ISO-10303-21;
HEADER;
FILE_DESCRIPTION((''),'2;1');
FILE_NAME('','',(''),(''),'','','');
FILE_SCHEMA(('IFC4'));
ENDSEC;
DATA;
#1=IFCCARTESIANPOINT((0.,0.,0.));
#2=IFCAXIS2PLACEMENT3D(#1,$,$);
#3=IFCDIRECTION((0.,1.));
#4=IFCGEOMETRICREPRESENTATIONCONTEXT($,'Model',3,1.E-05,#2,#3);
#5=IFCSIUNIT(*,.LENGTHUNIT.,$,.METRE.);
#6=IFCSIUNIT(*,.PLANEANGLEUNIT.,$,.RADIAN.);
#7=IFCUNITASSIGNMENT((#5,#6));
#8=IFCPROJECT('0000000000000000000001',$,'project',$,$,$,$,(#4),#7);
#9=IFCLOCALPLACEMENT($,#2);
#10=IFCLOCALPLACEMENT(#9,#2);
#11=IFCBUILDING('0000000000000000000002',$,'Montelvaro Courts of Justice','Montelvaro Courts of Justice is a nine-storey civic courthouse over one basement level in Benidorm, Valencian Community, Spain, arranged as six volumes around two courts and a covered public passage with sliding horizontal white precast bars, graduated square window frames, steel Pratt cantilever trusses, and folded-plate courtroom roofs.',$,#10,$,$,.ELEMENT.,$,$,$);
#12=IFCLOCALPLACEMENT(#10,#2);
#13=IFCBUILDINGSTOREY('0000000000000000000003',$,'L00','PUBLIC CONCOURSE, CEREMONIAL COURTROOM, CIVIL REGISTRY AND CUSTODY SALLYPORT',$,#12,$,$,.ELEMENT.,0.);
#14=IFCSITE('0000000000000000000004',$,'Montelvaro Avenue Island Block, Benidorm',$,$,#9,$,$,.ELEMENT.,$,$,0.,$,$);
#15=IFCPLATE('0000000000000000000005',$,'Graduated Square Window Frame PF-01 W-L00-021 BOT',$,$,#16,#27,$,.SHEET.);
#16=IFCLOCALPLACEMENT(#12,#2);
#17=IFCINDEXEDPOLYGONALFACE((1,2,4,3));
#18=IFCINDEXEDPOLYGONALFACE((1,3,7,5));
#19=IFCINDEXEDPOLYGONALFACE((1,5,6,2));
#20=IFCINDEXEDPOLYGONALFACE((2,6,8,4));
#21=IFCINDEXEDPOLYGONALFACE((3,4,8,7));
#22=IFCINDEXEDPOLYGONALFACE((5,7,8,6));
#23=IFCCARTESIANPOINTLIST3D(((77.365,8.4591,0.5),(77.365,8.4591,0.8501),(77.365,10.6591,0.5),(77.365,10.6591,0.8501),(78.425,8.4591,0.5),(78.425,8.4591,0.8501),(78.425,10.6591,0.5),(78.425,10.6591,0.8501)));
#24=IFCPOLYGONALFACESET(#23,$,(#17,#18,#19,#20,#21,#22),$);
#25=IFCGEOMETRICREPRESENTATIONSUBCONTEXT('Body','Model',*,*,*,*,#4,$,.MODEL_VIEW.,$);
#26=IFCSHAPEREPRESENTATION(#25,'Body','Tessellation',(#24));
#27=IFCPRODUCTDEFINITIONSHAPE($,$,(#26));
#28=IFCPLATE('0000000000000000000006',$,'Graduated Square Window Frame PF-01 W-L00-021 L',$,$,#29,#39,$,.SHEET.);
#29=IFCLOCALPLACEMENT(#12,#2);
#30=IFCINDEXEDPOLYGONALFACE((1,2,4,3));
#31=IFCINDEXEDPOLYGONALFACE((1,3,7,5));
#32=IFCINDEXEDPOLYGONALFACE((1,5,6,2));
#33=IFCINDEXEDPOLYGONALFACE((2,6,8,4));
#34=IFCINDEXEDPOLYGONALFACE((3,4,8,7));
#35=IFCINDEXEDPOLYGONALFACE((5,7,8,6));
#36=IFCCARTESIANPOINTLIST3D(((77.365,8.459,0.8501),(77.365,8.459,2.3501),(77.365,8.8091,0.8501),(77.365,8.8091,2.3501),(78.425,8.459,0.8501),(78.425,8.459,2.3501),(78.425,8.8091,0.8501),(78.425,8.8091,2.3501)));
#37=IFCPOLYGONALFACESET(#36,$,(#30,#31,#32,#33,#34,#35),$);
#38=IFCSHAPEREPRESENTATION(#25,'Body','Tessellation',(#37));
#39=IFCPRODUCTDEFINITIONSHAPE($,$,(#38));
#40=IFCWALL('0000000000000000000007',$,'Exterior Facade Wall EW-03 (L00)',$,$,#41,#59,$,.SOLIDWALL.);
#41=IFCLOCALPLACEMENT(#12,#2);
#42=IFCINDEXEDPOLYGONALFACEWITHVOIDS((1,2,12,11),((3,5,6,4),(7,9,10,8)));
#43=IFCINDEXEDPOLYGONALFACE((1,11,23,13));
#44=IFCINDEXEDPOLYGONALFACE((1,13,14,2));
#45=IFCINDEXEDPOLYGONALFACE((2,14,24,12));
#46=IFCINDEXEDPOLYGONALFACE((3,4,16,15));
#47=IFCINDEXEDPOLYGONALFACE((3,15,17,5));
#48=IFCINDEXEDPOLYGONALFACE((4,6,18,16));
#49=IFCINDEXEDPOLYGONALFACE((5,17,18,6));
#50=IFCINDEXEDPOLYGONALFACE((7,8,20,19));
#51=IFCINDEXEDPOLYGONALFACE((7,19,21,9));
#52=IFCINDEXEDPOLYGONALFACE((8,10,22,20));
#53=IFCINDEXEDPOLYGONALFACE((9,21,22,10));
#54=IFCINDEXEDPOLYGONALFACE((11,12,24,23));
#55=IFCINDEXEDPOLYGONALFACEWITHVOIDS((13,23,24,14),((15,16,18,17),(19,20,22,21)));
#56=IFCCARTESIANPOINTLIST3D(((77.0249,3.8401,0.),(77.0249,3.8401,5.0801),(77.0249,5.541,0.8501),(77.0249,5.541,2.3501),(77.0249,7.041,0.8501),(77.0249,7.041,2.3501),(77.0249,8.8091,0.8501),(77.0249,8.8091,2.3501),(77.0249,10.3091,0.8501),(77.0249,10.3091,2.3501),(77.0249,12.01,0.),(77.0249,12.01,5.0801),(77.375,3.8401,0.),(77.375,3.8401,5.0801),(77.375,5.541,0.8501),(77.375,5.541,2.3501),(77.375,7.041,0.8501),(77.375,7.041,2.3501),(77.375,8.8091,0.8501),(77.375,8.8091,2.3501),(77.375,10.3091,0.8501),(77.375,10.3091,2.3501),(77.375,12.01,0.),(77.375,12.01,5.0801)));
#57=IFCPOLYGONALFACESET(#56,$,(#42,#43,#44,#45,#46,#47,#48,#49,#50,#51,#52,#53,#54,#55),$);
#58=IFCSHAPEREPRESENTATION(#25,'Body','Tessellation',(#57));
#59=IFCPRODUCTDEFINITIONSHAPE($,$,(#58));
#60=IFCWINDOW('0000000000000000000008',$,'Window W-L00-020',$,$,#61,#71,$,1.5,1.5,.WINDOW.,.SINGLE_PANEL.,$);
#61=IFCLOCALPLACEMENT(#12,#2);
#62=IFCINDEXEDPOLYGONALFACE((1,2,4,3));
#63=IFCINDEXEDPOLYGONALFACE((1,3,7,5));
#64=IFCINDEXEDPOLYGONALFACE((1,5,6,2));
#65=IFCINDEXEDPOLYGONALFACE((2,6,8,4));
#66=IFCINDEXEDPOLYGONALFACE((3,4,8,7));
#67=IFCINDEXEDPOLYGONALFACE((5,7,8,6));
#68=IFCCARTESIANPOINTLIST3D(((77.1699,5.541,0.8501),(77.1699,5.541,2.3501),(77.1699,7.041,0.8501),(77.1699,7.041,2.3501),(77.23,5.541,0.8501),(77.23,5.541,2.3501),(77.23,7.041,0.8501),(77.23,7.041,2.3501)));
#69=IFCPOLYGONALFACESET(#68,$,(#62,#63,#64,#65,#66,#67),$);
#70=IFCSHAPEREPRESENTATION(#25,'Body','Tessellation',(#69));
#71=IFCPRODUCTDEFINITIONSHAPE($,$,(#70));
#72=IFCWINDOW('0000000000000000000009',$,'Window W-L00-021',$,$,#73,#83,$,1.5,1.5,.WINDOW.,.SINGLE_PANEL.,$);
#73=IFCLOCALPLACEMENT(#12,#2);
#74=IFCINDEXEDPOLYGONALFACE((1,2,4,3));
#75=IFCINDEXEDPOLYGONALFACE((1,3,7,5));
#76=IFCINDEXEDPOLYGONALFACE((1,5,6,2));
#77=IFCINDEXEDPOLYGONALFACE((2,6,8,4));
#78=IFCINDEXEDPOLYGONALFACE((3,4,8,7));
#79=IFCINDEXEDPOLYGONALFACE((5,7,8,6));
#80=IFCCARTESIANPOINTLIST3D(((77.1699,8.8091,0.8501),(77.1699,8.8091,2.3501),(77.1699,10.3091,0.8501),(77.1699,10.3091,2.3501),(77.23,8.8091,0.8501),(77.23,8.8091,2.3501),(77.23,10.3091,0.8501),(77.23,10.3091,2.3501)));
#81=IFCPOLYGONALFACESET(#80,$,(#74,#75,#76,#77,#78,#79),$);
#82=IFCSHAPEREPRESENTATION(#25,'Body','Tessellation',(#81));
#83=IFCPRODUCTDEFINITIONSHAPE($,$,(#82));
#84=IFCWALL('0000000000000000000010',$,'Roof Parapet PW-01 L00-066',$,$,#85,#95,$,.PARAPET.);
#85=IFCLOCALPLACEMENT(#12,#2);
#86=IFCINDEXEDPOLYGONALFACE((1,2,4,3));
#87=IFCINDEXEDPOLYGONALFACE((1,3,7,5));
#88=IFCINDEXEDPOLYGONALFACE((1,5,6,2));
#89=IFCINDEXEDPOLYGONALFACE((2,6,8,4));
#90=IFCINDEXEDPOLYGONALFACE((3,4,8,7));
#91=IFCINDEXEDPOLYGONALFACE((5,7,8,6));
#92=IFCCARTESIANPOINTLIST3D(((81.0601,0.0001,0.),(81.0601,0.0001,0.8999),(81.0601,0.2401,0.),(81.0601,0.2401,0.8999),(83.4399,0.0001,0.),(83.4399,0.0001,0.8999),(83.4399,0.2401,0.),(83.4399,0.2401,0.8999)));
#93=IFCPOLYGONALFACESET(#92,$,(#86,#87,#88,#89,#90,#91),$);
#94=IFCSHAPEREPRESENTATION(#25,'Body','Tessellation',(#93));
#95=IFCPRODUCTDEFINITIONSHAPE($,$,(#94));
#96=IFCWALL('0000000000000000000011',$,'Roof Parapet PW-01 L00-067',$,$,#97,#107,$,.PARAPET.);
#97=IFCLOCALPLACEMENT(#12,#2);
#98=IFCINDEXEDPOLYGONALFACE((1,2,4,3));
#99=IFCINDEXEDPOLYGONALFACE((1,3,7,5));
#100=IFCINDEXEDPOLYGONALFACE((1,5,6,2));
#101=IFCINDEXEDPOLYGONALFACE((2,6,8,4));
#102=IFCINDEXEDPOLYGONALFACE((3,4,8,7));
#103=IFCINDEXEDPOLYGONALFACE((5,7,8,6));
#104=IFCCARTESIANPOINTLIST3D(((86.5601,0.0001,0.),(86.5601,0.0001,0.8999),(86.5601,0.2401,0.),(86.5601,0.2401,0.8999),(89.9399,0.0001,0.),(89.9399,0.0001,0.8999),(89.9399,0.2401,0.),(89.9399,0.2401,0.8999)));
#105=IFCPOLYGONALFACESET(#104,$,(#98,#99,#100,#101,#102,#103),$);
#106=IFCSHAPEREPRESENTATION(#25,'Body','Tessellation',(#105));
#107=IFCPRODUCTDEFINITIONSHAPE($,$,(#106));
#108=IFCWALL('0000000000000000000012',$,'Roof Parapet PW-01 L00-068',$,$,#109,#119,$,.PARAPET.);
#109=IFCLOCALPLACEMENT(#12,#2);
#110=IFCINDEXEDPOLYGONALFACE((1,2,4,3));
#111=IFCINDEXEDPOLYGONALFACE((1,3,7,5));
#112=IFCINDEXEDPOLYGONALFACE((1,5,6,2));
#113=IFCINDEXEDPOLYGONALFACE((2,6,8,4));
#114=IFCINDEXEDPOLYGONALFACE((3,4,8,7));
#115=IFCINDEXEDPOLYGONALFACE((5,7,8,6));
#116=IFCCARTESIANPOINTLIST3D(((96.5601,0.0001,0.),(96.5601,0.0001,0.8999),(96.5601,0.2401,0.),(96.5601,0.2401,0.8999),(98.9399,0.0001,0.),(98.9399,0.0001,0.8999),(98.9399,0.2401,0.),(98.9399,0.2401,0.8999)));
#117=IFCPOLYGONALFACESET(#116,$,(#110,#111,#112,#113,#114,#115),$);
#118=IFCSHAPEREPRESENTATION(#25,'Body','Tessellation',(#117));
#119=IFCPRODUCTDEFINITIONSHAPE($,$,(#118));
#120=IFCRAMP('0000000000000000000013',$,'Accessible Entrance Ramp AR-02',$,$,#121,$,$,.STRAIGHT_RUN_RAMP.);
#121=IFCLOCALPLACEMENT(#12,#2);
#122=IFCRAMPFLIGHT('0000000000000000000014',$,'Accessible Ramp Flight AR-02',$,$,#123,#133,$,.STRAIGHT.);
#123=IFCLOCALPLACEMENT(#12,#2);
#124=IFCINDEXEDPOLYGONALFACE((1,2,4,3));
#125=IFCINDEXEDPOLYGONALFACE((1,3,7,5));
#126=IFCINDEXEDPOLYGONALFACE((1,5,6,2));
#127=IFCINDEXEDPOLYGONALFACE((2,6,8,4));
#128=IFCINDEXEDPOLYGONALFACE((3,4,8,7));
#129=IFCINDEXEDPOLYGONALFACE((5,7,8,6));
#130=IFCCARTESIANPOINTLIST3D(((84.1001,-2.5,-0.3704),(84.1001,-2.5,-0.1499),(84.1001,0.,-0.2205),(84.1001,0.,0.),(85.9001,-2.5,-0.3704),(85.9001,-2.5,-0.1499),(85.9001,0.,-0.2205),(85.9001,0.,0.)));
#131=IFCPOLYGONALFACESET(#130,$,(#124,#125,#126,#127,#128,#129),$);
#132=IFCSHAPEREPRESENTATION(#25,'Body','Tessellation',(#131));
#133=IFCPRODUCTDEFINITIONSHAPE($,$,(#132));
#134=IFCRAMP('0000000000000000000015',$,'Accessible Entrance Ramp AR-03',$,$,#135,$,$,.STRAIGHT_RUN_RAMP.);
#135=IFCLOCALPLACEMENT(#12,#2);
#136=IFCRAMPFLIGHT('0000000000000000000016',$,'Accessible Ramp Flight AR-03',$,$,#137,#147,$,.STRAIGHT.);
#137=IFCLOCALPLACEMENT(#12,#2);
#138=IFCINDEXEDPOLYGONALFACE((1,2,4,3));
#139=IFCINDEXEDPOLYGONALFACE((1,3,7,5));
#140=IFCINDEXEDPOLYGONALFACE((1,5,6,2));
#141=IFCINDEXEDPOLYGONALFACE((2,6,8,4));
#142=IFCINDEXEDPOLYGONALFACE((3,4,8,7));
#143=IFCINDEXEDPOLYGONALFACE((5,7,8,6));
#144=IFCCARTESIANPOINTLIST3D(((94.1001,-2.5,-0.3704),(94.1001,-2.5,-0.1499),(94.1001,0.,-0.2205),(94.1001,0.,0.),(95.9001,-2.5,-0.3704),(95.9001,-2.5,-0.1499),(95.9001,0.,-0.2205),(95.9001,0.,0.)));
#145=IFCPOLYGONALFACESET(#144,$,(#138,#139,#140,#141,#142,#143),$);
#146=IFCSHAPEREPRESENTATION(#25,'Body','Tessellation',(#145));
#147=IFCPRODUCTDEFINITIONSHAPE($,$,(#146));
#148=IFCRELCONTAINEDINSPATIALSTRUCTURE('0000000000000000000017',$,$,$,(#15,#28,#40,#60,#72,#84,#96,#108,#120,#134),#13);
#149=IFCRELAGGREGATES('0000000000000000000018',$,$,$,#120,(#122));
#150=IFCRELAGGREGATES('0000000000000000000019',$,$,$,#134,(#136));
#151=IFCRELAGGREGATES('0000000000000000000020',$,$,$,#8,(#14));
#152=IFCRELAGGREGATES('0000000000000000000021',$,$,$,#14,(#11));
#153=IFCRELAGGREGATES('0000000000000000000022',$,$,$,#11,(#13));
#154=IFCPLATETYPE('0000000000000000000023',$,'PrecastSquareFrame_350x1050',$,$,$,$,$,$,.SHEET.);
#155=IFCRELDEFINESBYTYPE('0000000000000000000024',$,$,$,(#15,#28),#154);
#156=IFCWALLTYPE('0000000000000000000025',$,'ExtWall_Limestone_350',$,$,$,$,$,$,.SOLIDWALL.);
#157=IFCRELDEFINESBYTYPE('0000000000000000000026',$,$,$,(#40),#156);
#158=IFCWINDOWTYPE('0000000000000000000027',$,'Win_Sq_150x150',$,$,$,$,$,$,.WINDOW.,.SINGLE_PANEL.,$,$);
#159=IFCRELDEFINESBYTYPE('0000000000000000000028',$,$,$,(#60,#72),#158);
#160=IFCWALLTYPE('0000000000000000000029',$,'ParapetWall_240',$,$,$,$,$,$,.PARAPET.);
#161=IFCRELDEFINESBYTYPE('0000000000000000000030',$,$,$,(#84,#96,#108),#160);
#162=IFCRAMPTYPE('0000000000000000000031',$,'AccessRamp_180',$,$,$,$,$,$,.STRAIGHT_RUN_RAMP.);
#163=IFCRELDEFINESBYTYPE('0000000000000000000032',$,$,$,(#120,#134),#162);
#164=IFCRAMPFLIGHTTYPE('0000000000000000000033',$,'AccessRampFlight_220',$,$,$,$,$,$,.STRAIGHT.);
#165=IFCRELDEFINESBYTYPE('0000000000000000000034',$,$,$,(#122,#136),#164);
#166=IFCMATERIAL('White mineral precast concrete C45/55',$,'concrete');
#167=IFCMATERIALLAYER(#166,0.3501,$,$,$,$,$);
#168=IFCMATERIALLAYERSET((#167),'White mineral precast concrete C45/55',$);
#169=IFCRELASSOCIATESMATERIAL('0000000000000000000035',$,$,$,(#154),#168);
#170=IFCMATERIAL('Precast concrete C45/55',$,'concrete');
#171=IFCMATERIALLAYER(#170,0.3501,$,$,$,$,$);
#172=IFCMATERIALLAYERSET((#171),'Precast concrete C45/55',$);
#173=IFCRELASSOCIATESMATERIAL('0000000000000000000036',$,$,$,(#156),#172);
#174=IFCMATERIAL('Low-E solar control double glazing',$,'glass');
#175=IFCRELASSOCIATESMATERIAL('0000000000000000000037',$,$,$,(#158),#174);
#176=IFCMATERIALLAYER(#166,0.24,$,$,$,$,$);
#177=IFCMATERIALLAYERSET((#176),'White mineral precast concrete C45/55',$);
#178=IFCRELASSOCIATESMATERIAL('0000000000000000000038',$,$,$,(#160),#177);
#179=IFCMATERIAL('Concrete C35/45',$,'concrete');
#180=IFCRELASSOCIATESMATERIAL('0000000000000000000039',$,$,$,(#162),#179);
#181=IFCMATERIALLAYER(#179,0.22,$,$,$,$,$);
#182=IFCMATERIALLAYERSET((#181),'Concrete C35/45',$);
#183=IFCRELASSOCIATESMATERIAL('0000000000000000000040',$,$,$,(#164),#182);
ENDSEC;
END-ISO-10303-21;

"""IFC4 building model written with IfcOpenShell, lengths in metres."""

from ifc_helpers import new_model, si_unit, direction, frame, frame_2d, origin, origin_2d, place, context, subcontext, project, spatial, polyline, rectangle, outline, extrude, material, layer, layer_set, type_object, element, fill, aggregate, save


model = new_model("IFC4")

# Units and contexts
model_context = context("Model", 3, precision=1e-05, world=origin(), true_north=direction((0.0, 1.0)))
body_context = subcontext(model_context, "Body", "Model", "MODEL_VIEW")
ifc_project = project(units=[si_unit("LENGTHUNIT", "METRE"), si_unit("PLANEANGLEUNIT", "RADIAN")], contexts=[model_context])

# Site, building, storey
site_placement = place(None, origin())
site = spatial("IfcSite", under=ifc_project, at=site_placement, Name="Montelvaro Avenue Island Block, Benidorm", CompositionType="ELEMENT", RefElevation=0.0)
building_placement = place(site_placement, origin())
building = spatial("IfcBuilding", under=site, at=building_placement, Name="Montelvaro Courts of Justice", Description="Montelvaro Courts of Justice is a nine-storey civic courthouse over one basement level in Benidorm, Valencian Community, Spain, arranged as six volumes around two courts and a covered public passage with sliding horizontal white precast bars, graduated square window frames, steel Pratt cantilever trusses, and folded-plate courtroom roofs.", CompositionType="ELEMENT")
storey_placement = place(building_placement, origin())
storey = spatial("IfcBuildingStorey", under=building, at=storey_placement, Name="L00", Description="PUBLIC CONCOURSE, CEREMONIAL COURTROOM, CIVIL REGISTRY AND CUSTODY SALLYPORT", CompositionType="ELEMENT", Elevation=0.0)

# Plates
ifc_material_1 = material(Name="White mineral precast concrete C45/55", Category="concrete")
ifc_layer_1 = layer(ifc_material_1, 0.3501)
ifc_layer_set_1 = layer_set([ifc_layer_1], Name="White mineral precast concrete C45/55")
plate_type = type_object("IfcPlateType", Name="PrecastSquareFrame_350x1050", PredefinedType="SHEET", material=ifc_layer_set_1)
for number, where, z_axis, x_axis, name in (
    (1, (77.895, 9.5591, 0.5), (0.0, 0.0, 1.0), (0.0, 1.0, 0.0), "Graduated Square Window Frame PF-01 W-L00-021 BOT"),
):
    element("IfcPlate", number, at=place(storey_placement, frame(where, z_axis=z_axis, x_axis=x_axis)), inside=storey, type_object=plate_type, Name=name, PredefinedType="SHEET", context=body_context, shape_type="SweptSolid", body=[
        extrude(rectangle(XDim=2.2, YDim=1.0601, at=origin_2d()), origin(), (0.0, 0.0, 1.0), 0.3501),
    ])
plate_placement = place(storey_placement, frame((77.895, 8.634, 0.8501), z_axis=(0.0, 0.0, 1.0), x_axis=(0.0, 1.0, 0.0)))
element("IfcPlate", 2, at=plate_placement, inside=storey, type_object=plate_type, Name="Graduated Square Window Frame PF-01 W-L00-021 L", PredefinedType="SHEET", context=body_context, shape_type="SweptSolid", body=[
    extrude(rectangle(XDim=0.3501, YDim=1.0601, at=origin_2d()), origin(), (0.0, 0.0, 1.0), 1.5),
])

# Wall, openings, windows
ifc_material_2 = material(Name="Precast concrete C45/55", Category="concrete")
ifc_layer_2 = layer(ifc_material_2, 0.3501)
ifc_layer_set_2 = layer_set([ifc_layer_2], Name="Precast concrete C45/55")
wall_type_1 = type_object("IfcWallType", Name="ExtWall_Limestone_350", PredefinedType="SOLIDWALL", material=ifc_layer_set_2)
wall_1_placement = place(storey_placement, frame((77.2, 3.8401, 0.0), z_axis=(0.0, 0.0, 1.0), x_axis=(0.0, 1.0, 0.0)))
wall_1 = element("IfcWall", 3, at=wall_1_placement, inside=storey, type_object=wall_type_1, Name="Exterior Facade Wall EW-03 (L00)", PredefinedType="SOLIDWALL", context=body_context, shape_type="SweptSolid", body=[
    extrude(rectangle(XDim=8.1699, YDim=0.3501, at=frame_2d((4.085, 0.0))), origin(), (0.0, 0.0, 1.0), 5.0801),
])
opening_1_placement = place(wall_1_placement, frame((1.7009, 0.0, 0.8501)))
opening_1 = element("IfcOpeningElement", 4, at=opening_1_placement, cuts=wall_1, PredefinedType="OPENING", context=body_context, shape_type="SweptSolid", body=[
    extrude(rectangle(XDim=1.5, YDim=1.5, at=frame_2d((0.75, 0.75))), frame((0.0, 0.1899, 0.0), z_axis=(0.0, -1.0, 0.0), x_axis=(1.0, 0.0, 0.0)), (0.0, 0.0, 1.0), 0.3799),
])
opening_2_placement = place(wall_1_placement, frame((4.969, 0.0, 0.8501)))
opening_2 = element("IfcOpeningElement", 5, at=opening_2_placement, cuts=wall_1, PredefinedType="OPENING", context=body_context, shape_type="SweptSolid", body=[
    extrude(rectangle(XDim=1.5, YDim=1.5, at=frame_2d((0.75, 0.75))), frame((0.0, 0.1899, 0.0), z_axis=(0.0, -1.0, 0.0), x_axis=(1.0, 0.0, 0.0)), (0.0, 0.0, 1.0), 0.3799),
])
ifc_material_3 = material(Name="Low-E solar control double glazing", Category="glass")
window_type = type_object("IfcWindowType", Name="Win_Sq_150x150", PartitioningType="SINGLE_PANEL", PredefinedType="WINDOW", material=ifc_material_3)
window_1_placement = place(opening_1_placement, origin())
window_1 = element("IfcWindow", 6, at=window_1_placement, inside=storey, type_object=window_type, Name="Window W-L00-020", OverallHeight=1.5, OverallWidth=1.5, PartitioningType="SINGLE_PANEL", PredefinedType="WINDOW", context=body_context, shape_type="SweptSolid", body=[
    extrude(rectangle(XDim=1.5, YDim=1.5, at=frame_2d((0.75, 0.75))), frame((0.0, 0.03, 0.0), z_axis=(0.0, -1.0, 0.0), x_axis=(1.0, 0.0, 0.0)), (0.0, 0.0, 1.0), 0.0601),
])
fill(opening_1, window_1)
window_2_placement = place(opening_2_placement, origin())
window_2 = element("IfcWindow", 7, at=window_2_placement, inside=storey, type_object=window_type, Name="Window W-L00-021", OverallHeight=1.5, OverallWidth=1.5, PartitioningType="SINGLE_PANEL", PredefinedType="WINDOW", context=body_context, shape_type="SweptSolid", body=[
    extrude(rectangle(XDim=1.5, YDim=1.5, at=frame_2d((0.75, 0.75))), frame((0.0, 0.03, 0.0), z_axis=(0.0, -1.0, 0.0), x_axis=(1.0, 0.0, 0.0)), (0.0, 0.0, 1.0), 0.0601),
])
fill(opening_2, window_2)

# Walls
ifc_layer_3 = layer(ifc_material_1, 0.24)
ifc_layer_set_3 = layer_set([ifc_layer_3], Name="White mineral precast concrete C45/55")
wall_type_2 = type_object("IfcWallType", Name="ParapetWall_240", PredefinedType="PARAPET", material=ifc_layer_set_3)
wall_2_placement = place(storey_placement, frame((81.0601, 0.1201, 0.0), z_axis=(0.0, 0.0, 1.0), x_axis=(1.0, 0.0, 0.0)))
element("IfcWall", 8, at=wall_2_placement, inside=storey, type_object=wall_type_2, Name="Roof Parapet PW-01 L00-066", PredefinedType="PARAPET", context=body_context, shape_type="SweptSolid", body=[
    extrude(rectangle(XDim=2.3799, YDim=0.24, at=frame_2d((1.1899, 0.0))), origin(), (0.0, 0.0, 1.0), 0.8999),
])
wall_3_placement = place(storey_placement, frame((86.5601, 0.1201, 0.0), z_axis=(0.0, 0.0, 1.0), x_axis=(1.0, 0.0, 0.0)))
element("IfcWall", 9, at=wall_3_placement, inside=storey, type_object=wall_type_2, Name="Roof Parapet PW-01 L00-067", PredefinedType="PARAPET", context=body_context, shape_type="SweptSolid", body=[
    extrude(rectangle(XDim=3.3799, YDim=0.24, at=frame_2d((1.6899, 0.0))), origin(), (0.0, 0.0, 1.0), 0.8999),
])
wall_4_placement = place(storey_placement, frame((96.5601, 0.1201, 0.0), z_axis=(0.0, 0.0, 1.0), x_axis=(1.0, 0.0, 0.0)))
element("IfcWall", 10, at=wall_4_placement, inside=storey, type_object=wall_type_2, Name="Roof Parapet PW-01 L00-068", PredefinedType="PARAPET", context=body_context, shape_type="SweptSolid", body=[
    extrude(rectangle(XDim=2.3799, YDim=0.24, at=frame_2d((1.1899, 0.0))), origin(), (0.0, 0.0, 1.0), 0.8999),
])

# Ramps, ramp flights
ifc_material_4 = material(Name="Concrete C35/45", Category="concrete")
ramp_type = type_object("IfcRampType", Name="AccessRamp_180", PredefinedType="STRAIGHT_RUN_RAMP", material=ifc_material_4)
ramp_1_placement = place(storey_placement, origin())
ramp_1 = element("IfcRamp", 11, at=ramp_1_placement, inside=storey, type_object=ramp_type, Name="Accessible Entrance Ramp AR-02", PredefinedType="STRAIGHT_RUN_RAMP")
ifc_layer_4 = layer(ifc_material_4, 0.22)
ifc_layer_set_4 = layer_set([ifc_layer_4], Name="Concrete C35/45")
ramp_flight_type = type_object("IfcRampFlightType", Name="AccessRampFlight_220", PredefinedType="STRAIGHT", material=ifc_layer_set_4)
ramp_flight_1_placement = place(storey_placement, frame((85.0, -2.5, -0.1499), z_axis=(0.0, 0.0, 1.0), x_axis=(0.0, 1.0, 0.0)))
ramp_flight_1 = element("IfcRampFlight", 12, at=ramp_flight_1_placement, type_object=ramp_flight_type, Name="Accessible Ramp Flight AR-02", PredefinedType="STRAIGHT", context=body_context, shape_type="SweptSolid", body=[
    extrude(outline(polyline([(0.0, 0.0), (2.5, 0.1499), (2.5, -0.0706), (0.0, -0.2205), (0.0, 0.0)])), frame((0.0, 0.8999, 0.0), z_axis=(0.0, -1.0, 0.0), x_axis=(1.0, 0.0, 0.0)), (0.0, 0.0, 1.0), 1.8),
])
aggregate(ramp_1, [ramp_flight_1])
ramp_2_placement = place(storey_placement, origin())
ramp_2 = element("IfcRamp", 13, at=ramp_2_placement, inside=storey, type_object=ramp_type, Name="Accessible Entrance Ramp AR-03", PredefinedType="STRAIGHT_RUN_RAMP")
ramp_flight_2_placement = place(storey_placement, frame((95.0, -2.5, -0.1499), z_axis=(0.0, 0.0, 1.0), x_axis=(0.0, 1.0, 0.0)))
ramp_flight_2 = element("IfcRampFlight", 14, at=ramp_flight_2_placement, type_object=ramp_flight_type, Name="Accessible Ramp Flight AR-03", PredefinedType="STRAIGHT", context=body_context, shape_type="SweptSolid", body=[
    extrude(outline(polyline([(0.0, 0.0), (2.5, 0.1499), (2.5, -0.0706), (0.0, -0.2205), (0.0, 0.0)])), frame((0.0, 0.8999, 0.0), z_axis=(0.0, -1.0, 0.0), x_axis=(1.0, 0.0, 0.0)), (0.0, 0.0, 1.0), 1.8),
])
aggregate(ramp_2, [ramp_flight_2])

save(model, "model.ifc")
